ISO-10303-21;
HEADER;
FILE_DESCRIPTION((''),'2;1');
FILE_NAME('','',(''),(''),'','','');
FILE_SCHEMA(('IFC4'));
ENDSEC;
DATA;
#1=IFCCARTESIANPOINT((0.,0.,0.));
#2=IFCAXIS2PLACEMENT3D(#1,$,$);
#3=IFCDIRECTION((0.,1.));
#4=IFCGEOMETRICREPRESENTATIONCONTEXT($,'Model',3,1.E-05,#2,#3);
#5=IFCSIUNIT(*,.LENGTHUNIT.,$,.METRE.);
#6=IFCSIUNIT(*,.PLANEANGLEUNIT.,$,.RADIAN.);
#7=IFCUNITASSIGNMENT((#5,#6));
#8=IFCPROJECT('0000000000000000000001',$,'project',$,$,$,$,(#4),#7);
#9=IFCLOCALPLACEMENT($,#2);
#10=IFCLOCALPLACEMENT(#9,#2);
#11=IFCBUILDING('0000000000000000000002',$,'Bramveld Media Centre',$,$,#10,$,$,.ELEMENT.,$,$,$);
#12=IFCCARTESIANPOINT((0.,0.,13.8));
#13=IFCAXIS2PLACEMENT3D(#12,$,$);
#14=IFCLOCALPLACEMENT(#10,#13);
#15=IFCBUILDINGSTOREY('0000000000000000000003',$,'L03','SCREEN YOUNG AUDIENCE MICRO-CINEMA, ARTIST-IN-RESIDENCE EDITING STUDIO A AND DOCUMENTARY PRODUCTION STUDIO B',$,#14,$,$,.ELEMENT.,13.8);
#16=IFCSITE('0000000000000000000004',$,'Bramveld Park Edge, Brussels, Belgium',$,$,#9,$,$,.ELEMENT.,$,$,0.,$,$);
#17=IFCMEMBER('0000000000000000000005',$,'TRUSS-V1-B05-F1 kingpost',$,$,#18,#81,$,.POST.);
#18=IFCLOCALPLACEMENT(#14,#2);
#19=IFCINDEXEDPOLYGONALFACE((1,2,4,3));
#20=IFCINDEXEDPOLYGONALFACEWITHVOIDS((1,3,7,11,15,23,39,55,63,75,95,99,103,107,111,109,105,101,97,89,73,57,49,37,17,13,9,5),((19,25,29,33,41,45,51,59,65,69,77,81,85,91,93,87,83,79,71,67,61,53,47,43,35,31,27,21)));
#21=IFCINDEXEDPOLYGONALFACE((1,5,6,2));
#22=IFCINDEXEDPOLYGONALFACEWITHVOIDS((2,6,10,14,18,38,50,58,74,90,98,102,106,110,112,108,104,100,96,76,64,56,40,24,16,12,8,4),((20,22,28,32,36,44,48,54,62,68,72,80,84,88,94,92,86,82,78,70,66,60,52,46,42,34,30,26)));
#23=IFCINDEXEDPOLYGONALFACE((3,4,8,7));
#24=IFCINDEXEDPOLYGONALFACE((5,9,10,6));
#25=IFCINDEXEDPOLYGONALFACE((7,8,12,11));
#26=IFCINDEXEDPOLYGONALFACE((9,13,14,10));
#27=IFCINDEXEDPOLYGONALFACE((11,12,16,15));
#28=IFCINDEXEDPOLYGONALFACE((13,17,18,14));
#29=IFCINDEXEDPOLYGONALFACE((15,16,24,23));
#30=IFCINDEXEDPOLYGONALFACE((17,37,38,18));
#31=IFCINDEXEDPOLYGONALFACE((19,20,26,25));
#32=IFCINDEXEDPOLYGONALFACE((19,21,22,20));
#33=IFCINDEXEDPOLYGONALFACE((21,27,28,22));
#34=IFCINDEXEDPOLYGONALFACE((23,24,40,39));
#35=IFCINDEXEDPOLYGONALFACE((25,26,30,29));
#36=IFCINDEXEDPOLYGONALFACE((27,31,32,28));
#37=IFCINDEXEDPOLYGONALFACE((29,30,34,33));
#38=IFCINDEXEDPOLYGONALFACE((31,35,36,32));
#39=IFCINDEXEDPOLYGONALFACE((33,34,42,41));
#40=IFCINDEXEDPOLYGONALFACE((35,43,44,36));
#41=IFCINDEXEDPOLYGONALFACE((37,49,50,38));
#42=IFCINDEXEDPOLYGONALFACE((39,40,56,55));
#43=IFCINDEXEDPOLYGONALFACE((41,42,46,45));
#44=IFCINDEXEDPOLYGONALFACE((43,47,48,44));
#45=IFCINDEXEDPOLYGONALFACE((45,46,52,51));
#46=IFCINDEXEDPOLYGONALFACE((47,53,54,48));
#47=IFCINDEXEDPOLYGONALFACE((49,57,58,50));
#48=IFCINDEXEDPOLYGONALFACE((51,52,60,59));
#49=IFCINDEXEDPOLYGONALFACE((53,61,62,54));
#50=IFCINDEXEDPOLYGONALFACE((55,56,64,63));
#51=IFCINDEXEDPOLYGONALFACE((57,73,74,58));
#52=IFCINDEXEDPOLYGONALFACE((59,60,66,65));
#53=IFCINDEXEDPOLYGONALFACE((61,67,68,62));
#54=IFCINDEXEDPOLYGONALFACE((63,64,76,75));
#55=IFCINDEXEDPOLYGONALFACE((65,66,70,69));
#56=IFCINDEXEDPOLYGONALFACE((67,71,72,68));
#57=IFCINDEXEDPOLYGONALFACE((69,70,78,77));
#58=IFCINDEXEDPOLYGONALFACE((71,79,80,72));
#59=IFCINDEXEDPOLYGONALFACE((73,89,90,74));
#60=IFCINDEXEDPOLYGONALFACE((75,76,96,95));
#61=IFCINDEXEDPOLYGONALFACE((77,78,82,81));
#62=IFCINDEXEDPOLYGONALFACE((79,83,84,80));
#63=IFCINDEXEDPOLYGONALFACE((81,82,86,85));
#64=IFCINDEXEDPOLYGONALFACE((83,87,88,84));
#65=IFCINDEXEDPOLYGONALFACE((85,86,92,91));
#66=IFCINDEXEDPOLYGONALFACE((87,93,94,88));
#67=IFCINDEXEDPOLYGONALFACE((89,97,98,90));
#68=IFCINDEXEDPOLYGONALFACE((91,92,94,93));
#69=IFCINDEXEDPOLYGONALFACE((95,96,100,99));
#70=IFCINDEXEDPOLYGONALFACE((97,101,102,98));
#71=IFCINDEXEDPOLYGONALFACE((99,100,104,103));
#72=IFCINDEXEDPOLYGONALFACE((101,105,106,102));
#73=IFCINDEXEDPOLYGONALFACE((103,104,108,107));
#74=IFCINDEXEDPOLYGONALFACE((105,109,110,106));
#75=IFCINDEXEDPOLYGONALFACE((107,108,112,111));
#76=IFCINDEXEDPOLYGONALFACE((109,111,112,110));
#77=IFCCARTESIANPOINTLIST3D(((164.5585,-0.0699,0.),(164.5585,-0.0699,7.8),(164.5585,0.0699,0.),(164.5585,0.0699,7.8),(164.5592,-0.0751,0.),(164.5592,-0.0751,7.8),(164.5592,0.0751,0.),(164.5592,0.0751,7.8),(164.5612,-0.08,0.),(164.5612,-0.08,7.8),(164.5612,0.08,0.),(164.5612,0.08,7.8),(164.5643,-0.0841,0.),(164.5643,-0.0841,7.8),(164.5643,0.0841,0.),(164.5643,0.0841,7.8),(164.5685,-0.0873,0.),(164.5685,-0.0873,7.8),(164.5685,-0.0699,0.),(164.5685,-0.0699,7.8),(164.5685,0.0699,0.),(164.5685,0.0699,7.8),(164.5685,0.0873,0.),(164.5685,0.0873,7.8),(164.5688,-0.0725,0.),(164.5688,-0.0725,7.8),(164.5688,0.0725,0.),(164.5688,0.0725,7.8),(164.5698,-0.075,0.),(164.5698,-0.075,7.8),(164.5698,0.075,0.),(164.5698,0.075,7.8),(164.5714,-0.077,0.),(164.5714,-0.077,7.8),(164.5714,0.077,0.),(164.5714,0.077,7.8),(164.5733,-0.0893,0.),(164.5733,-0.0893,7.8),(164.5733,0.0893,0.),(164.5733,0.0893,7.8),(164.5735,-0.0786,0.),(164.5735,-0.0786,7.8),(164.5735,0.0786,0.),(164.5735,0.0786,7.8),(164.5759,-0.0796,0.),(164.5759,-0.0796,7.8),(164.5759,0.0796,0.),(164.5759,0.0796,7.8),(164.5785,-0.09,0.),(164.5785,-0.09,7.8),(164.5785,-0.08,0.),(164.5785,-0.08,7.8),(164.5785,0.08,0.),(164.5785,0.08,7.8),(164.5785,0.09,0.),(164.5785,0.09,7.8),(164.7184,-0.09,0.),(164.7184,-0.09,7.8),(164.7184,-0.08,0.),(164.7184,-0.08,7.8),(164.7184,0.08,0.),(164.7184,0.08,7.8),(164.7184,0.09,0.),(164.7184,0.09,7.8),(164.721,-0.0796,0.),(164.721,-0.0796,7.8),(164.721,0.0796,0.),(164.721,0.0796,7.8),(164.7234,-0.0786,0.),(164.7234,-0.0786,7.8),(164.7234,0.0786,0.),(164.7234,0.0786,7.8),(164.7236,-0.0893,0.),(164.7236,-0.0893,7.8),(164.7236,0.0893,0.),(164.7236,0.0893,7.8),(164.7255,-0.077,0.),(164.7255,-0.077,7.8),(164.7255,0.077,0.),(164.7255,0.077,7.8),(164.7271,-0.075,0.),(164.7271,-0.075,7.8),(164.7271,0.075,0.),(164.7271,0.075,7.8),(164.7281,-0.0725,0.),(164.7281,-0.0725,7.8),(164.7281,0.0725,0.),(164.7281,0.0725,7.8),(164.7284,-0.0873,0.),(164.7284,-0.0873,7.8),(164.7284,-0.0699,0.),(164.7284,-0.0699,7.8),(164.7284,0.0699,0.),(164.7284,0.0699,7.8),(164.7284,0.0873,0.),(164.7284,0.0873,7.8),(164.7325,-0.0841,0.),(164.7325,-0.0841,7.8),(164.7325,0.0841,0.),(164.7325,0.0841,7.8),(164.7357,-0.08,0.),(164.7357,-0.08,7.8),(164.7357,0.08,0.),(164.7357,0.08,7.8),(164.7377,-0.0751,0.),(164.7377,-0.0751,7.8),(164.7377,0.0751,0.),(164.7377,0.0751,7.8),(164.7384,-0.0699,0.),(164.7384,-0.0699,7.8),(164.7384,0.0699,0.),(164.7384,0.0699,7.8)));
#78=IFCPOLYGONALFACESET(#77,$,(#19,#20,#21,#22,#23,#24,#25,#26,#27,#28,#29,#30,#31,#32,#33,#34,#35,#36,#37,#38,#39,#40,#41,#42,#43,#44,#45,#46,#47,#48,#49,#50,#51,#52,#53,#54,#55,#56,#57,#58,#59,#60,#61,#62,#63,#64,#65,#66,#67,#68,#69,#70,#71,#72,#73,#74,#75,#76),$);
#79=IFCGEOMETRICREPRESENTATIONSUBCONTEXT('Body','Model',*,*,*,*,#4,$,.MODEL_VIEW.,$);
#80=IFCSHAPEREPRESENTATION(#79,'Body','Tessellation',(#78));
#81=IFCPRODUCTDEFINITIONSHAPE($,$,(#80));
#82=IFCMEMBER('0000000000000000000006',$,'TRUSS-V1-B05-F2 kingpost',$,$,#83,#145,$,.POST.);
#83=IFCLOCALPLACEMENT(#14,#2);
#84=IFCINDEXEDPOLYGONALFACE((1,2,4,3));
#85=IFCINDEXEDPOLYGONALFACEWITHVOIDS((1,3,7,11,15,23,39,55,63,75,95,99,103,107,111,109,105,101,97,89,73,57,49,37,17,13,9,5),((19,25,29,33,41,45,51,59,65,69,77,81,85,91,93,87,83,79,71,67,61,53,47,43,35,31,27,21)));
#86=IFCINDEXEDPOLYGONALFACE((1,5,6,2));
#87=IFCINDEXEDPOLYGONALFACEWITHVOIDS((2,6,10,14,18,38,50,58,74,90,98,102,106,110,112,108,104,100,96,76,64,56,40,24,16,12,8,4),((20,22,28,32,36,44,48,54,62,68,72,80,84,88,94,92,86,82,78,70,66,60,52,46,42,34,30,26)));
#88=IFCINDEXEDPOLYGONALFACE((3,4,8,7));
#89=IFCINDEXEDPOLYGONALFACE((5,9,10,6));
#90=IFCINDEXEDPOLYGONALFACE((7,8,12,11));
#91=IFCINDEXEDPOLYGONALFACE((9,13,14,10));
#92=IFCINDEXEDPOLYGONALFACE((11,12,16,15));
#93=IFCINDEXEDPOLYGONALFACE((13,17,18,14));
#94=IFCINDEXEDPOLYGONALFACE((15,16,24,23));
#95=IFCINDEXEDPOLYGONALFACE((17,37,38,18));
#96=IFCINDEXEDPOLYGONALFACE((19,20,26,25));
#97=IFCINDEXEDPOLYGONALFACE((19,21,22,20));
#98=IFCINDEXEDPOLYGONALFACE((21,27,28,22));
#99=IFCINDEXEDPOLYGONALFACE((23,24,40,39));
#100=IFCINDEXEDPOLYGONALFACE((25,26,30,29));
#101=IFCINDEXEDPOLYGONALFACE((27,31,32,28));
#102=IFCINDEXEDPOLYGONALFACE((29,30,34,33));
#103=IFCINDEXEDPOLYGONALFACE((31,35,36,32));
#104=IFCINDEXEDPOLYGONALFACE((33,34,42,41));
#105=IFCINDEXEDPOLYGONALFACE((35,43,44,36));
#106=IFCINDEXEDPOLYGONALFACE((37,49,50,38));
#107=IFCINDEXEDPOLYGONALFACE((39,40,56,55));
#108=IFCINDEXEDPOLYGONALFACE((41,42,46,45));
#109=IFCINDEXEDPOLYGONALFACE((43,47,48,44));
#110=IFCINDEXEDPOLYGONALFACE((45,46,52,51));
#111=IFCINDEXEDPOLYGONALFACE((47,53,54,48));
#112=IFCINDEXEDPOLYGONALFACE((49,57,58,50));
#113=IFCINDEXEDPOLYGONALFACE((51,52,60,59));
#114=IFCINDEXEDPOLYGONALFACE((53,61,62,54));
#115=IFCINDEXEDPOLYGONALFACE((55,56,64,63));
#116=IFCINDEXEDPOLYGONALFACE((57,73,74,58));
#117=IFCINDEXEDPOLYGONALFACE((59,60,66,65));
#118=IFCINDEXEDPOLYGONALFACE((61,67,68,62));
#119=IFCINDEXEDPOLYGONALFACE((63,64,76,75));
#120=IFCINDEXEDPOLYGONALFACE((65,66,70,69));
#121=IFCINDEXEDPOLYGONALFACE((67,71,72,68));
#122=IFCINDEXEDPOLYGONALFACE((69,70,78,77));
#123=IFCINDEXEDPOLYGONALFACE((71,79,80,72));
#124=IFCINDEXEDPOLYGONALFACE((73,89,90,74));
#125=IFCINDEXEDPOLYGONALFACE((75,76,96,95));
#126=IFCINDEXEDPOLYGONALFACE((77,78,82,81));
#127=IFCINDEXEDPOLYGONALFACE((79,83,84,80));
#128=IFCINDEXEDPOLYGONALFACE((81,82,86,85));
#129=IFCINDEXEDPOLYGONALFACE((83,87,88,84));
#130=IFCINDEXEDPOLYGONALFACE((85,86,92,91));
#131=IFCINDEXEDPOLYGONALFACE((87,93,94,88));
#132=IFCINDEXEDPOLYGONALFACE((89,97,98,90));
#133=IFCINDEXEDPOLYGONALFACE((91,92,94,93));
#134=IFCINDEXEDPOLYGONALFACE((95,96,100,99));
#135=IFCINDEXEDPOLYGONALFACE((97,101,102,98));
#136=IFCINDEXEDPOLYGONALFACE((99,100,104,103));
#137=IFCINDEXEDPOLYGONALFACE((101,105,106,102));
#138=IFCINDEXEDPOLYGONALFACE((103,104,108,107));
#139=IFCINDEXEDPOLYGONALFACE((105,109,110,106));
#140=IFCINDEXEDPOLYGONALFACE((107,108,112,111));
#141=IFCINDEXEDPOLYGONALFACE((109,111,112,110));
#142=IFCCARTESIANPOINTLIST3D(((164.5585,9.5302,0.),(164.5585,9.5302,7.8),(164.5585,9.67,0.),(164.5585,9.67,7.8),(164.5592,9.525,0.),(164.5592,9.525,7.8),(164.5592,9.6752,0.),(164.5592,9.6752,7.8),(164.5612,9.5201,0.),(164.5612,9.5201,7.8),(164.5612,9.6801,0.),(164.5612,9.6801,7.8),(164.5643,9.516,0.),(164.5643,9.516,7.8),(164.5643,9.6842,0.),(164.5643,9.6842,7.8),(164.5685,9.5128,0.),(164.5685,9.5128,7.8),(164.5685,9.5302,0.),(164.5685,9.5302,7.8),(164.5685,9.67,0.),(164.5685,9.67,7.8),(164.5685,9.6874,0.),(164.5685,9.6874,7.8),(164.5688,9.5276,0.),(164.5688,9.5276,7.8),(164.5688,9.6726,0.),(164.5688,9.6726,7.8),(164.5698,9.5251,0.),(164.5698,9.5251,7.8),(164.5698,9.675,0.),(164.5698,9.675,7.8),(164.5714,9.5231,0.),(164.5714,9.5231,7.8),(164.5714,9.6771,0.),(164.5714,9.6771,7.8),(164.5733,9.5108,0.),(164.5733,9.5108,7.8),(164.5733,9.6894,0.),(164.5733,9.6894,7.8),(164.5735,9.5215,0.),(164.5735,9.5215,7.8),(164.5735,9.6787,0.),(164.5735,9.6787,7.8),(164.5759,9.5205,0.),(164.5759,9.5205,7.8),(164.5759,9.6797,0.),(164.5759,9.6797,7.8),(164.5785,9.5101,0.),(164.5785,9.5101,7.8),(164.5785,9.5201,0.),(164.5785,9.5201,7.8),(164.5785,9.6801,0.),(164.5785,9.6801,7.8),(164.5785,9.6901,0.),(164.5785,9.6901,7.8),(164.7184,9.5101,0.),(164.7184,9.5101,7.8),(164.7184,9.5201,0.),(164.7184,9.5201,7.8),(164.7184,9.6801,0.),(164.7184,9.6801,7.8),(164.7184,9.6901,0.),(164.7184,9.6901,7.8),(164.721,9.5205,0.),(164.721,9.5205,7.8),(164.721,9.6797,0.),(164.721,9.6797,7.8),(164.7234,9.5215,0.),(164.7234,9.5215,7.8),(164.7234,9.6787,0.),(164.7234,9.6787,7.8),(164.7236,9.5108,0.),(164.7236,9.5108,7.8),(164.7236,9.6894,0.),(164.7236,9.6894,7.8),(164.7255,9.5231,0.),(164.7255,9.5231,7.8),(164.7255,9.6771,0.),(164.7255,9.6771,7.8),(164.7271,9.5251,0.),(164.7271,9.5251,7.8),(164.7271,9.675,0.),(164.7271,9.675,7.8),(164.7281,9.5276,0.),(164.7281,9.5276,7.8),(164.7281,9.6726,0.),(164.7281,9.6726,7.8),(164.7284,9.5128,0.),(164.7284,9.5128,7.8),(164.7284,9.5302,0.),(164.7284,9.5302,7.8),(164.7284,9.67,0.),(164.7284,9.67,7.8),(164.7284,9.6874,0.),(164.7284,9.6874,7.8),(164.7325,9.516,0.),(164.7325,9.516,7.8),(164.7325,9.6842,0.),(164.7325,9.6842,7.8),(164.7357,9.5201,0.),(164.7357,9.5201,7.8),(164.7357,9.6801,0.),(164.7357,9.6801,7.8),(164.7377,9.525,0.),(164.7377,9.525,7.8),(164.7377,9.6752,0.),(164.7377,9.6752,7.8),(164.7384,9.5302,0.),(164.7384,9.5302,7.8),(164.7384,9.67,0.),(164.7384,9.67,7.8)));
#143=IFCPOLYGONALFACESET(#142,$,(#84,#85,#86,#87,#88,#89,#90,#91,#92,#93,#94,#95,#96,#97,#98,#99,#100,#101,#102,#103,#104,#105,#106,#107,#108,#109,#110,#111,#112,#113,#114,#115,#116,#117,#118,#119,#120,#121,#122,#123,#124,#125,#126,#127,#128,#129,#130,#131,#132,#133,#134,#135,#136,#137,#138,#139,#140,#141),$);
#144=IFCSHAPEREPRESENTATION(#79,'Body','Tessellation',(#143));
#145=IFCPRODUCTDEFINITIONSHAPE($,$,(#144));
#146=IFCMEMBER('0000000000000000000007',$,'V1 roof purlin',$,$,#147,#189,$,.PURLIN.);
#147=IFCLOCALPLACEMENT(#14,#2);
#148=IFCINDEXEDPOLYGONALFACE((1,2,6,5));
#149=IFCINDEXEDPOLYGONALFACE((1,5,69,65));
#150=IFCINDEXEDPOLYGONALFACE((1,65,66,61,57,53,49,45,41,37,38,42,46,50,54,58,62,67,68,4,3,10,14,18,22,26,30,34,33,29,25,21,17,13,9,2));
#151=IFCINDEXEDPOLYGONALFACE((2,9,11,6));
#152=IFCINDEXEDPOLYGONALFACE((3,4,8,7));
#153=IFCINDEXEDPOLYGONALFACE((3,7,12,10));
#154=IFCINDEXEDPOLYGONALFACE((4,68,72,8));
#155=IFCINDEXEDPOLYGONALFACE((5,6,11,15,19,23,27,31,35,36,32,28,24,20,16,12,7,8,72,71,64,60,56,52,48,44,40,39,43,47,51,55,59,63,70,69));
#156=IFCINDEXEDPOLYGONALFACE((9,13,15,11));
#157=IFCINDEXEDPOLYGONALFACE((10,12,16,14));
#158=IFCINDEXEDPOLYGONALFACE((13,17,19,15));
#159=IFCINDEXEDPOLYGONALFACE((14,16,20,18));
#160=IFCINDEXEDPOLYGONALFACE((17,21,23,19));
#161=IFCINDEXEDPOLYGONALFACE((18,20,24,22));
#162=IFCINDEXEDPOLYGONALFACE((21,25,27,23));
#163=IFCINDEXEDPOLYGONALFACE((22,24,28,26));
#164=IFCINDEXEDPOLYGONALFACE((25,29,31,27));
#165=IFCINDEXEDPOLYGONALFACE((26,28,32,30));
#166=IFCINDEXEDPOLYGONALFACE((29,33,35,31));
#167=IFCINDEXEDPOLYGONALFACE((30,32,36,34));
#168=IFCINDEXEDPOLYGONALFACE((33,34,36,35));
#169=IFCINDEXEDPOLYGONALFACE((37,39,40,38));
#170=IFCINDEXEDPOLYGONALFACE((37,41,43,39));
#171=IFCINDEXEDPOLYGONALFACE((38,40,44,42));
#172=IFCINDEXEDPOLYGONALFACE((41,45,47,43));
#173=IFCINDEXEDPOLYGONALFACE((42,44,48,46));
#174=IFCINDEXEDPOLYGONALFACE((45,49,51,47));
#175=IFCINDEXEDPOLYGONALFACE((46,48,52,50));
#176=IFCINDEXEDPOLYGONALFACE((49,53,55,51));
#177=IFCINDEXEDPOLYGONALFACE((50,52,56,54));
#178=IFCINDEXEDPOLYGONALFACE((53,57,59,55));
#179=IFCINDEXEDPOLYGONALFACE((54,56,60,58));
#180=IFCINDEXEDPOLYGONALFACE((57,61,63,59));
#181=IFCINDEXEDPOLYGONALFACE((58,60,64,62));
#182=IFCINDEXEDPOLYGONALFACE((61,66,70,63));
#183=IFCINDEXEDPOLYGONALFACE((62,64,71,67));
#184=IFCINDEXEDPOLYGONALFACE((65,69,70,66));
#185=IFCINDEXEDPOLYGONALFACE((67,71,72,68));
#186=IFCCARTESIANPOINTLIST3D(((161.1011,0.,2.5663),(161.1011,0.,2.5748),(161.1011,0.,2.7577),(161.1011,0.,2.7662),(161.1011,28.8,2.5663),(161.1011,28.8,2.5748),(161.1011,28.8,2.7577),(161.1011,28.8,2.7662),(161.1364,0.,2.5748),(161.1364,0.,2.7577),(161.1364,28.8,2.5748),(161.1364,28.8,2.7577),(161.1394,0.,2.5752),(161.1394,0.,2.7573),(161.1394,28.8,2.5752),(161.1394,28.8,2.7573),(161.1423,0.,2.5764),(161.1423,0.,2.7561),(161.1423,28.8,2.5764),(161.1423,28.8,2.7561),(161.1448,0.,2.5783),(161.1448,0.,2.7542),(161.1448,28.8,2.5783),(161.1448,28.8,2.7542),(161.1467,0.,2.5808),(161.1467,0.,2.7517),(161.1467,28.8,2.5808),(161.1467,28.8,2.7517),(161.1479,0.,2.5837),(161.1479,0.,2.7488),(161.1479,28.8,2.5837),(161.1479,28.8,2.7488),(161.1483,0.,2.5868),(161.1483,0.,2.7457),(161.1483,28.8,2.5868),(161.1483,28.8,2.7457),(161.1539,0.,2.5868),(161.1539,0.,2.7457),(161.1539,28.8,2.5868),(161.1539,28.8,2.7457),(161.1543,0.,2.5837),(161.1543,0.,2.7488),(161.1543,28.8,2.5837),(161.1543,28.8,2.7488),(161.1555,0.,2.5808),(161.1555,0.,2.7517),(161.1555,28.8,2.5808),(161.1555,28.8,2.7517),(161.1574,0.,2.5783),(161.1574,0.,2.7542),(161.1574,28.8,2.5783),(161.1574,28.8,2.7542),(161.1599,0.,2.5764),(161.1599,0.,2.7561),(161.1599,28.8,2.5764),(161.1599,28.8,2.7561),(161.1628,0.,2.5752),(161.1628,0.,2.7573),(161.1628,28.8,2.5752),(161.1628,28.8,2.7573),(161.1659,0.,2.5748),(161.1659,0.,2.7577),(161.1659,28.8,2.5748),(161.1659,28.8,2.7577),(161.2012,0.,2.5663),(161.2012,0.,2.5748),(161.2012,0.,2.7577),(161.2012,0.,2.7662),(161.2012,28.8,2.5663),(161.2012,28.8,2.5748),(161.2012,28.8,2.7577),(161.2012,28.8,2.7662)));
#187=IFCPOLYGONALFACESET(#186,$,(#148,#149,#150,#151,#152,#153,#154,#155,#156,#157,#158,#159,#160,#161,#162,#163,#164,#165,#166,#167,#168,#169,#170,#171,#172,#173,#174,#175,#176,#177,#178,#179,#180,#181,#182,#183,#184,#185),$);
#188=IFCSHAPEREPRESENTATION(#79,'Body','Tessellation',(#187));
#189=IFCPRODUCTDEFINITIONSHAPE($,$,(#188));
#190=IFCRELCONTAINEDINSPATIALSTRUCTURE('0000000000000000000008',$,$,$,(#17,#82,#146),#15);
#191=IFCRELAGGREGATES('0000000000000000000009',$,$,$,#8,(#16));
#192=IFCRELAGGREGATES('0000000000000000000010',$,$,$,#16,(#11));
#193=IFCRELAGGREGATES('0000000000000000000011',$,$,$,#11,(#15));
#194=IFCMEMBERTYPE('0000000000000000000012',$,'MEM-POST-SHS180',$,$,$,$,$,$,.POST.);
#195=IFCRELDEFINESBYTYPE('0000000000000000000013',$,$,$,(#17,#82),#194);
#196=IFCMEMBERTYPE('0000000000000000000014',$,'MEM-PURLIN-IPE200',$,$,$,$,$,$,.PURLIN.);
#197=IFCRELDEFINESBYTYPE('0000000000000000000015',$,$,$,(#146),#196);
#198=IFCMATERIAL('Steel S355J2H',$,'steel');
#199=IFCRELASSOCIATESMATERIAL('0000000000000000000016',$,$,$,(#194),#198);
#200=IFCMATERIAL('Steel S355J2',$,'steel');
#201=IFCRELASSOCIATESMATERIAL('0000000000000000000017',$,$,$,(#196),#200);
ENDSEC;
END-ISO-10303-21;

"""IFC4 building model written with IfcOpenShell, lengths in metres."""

from ifc_helpers import new_model, si_unit, direction, frame, origin, origin_2d, place, context, subcontext, project, spatial, hollow_rectangle, i_section, extrude, material, material_profile, profile_set, type_object, element, save


model = new_model("IFC4")

# Units and contexts
model_context = context("Model", 3, precision=1e-05, world=origin(), true_north=direction((0.0, 1.0)))
body_context = subcontext(model_context, "Body", "Model", "MODEL_VIEW")
ifc_project = project(units=[si_unit("LENGTHUNIT", "METRE"), si_unit("PLANEANGLEUNIT", "RADIAN")], contexts=[model_context])

# Site, building, storey
site_placement = place(None, origin())
site = spatial("IfcSite", under=ifc_project, at=site_placement, Name="Bramveld Park Edge, Brussels, Belgium", CompositionType="ELEMENT", RefElevation=0.0)
building_placement = place(site_placement, origin())
building = spatial("IfcBuilding", under=site, at=building_placement, Name="Bramveld Media Centre", CompositionType="ELEMENT")
storey_placement = place(building_placement, frame((0.0, 0.0, 13.8)))
storey = spatial("IfcBuildingStorey", under=building, at=storey_placement, Name="L03", Description="SCREEN YOUNG AUDIENCE MICRO-CINEMA, ARTIST-IN-RESIDENCE EDITING STUDIO A AND DOCUMENTARY PRODUCTION STUDIO B", CompositionType="ELEMENT", Elevation=13.8)

# Members
ifc_material_1 = material(Name="Steel S355J2H", Category="steel")
ifc_material_profile_1 = material_profile(ifc_material_1, hollow_rectangle(XDim=0.1799, YDim=0.1799, WallThickness=0.01, InnerFilletRadius=0.01, OuterFilletRadius=0.02, at=origin_2d()), Name="SHS 180x180x10")
ifc_profile_set_1 = profile_set([ifc_material_profile_1], Name="Steel S355J2H")
member_type_1 = type_object("IfcMemberType", Name="MEM-POST-SHS180", PredefinedType="POST", material=ifc_profile_set_1)
for number, where, z_axis, x_axis, name in (
    (1, (164.6484, 0.0, 0.0), (0.0, 0.0, 1.0), (1.0, 0.0, 0.0), "TRUSS-V1-B05-F1 kingpost"),
    (2, (164.6484, 9.6001, 0.0), (0.0, 0.0, 1.0), (1.0, 0.0, 0.0), "TRUSS-V1-B05-F2 kingpost"),
):
    element("IfcMember", number, at=place(storey_placement, frame(where, z_axis=z_axis, x_axis=x_axis)), inside=storey, type_object=member_type_1, Name=name, PredefinedType="POST", context=body_context, shape_type="SweptSolid", body=[
        extrude(hollow_rectangle(XDim=0.1799, YDim=0.1799, WallThickness=0.01, InnerFilletRadius=0.01, OuterFilletRadius=0.02, at=origin_2d()), origin(), (0.0, 0.0, 1.0), 7.8),
    ])
ifc_material_2 = material(Name="Steel S355J2", Category="steel")
ifc_material_profile_2 = material_profile(ifc_material_2, i_section(OverallWidth=0.1001, OverallDepth=0.2, WebThickness=0.0056, FlangeThickness=0.0085, FilletRadius=0.012, at=origin_2d()), Name="IPE 200")
ifc_profile_set_2 = profile_set([ifc_material_profile_2], Name="Steel S355J2")
member_type_2 = type_object("IfcMemberType", Name="MEM-PURLIN-IPE200", PredefinedType="PURLIN", material=ifc_profile_set_2)
member_1_placement = place(storey_placement, frame((161.1511, 0.0, 2.6663), z_axis=(0.0, 1.0, 0.0), x_axis=(-1.0, 0.0, 0.0)))
element("IfcMember", 3, at=member_1_placement, inside=storey, type_object=member_type_2, Name="V1 roof purlin", PredefinedType="PURLIN", context=body_context, shape_type="SweptSolid", body=[
    extrude(i_section(OverallWidth=0.1001, OverallDepth=0.2, WebThickness=0.0056, FlangeThickness=0.0085, FilletRadius=0.012, at=origin_2d()), origin(), (0.0, 0.0, 1.0), 28.8),
])

save(model, "model.ifc")
